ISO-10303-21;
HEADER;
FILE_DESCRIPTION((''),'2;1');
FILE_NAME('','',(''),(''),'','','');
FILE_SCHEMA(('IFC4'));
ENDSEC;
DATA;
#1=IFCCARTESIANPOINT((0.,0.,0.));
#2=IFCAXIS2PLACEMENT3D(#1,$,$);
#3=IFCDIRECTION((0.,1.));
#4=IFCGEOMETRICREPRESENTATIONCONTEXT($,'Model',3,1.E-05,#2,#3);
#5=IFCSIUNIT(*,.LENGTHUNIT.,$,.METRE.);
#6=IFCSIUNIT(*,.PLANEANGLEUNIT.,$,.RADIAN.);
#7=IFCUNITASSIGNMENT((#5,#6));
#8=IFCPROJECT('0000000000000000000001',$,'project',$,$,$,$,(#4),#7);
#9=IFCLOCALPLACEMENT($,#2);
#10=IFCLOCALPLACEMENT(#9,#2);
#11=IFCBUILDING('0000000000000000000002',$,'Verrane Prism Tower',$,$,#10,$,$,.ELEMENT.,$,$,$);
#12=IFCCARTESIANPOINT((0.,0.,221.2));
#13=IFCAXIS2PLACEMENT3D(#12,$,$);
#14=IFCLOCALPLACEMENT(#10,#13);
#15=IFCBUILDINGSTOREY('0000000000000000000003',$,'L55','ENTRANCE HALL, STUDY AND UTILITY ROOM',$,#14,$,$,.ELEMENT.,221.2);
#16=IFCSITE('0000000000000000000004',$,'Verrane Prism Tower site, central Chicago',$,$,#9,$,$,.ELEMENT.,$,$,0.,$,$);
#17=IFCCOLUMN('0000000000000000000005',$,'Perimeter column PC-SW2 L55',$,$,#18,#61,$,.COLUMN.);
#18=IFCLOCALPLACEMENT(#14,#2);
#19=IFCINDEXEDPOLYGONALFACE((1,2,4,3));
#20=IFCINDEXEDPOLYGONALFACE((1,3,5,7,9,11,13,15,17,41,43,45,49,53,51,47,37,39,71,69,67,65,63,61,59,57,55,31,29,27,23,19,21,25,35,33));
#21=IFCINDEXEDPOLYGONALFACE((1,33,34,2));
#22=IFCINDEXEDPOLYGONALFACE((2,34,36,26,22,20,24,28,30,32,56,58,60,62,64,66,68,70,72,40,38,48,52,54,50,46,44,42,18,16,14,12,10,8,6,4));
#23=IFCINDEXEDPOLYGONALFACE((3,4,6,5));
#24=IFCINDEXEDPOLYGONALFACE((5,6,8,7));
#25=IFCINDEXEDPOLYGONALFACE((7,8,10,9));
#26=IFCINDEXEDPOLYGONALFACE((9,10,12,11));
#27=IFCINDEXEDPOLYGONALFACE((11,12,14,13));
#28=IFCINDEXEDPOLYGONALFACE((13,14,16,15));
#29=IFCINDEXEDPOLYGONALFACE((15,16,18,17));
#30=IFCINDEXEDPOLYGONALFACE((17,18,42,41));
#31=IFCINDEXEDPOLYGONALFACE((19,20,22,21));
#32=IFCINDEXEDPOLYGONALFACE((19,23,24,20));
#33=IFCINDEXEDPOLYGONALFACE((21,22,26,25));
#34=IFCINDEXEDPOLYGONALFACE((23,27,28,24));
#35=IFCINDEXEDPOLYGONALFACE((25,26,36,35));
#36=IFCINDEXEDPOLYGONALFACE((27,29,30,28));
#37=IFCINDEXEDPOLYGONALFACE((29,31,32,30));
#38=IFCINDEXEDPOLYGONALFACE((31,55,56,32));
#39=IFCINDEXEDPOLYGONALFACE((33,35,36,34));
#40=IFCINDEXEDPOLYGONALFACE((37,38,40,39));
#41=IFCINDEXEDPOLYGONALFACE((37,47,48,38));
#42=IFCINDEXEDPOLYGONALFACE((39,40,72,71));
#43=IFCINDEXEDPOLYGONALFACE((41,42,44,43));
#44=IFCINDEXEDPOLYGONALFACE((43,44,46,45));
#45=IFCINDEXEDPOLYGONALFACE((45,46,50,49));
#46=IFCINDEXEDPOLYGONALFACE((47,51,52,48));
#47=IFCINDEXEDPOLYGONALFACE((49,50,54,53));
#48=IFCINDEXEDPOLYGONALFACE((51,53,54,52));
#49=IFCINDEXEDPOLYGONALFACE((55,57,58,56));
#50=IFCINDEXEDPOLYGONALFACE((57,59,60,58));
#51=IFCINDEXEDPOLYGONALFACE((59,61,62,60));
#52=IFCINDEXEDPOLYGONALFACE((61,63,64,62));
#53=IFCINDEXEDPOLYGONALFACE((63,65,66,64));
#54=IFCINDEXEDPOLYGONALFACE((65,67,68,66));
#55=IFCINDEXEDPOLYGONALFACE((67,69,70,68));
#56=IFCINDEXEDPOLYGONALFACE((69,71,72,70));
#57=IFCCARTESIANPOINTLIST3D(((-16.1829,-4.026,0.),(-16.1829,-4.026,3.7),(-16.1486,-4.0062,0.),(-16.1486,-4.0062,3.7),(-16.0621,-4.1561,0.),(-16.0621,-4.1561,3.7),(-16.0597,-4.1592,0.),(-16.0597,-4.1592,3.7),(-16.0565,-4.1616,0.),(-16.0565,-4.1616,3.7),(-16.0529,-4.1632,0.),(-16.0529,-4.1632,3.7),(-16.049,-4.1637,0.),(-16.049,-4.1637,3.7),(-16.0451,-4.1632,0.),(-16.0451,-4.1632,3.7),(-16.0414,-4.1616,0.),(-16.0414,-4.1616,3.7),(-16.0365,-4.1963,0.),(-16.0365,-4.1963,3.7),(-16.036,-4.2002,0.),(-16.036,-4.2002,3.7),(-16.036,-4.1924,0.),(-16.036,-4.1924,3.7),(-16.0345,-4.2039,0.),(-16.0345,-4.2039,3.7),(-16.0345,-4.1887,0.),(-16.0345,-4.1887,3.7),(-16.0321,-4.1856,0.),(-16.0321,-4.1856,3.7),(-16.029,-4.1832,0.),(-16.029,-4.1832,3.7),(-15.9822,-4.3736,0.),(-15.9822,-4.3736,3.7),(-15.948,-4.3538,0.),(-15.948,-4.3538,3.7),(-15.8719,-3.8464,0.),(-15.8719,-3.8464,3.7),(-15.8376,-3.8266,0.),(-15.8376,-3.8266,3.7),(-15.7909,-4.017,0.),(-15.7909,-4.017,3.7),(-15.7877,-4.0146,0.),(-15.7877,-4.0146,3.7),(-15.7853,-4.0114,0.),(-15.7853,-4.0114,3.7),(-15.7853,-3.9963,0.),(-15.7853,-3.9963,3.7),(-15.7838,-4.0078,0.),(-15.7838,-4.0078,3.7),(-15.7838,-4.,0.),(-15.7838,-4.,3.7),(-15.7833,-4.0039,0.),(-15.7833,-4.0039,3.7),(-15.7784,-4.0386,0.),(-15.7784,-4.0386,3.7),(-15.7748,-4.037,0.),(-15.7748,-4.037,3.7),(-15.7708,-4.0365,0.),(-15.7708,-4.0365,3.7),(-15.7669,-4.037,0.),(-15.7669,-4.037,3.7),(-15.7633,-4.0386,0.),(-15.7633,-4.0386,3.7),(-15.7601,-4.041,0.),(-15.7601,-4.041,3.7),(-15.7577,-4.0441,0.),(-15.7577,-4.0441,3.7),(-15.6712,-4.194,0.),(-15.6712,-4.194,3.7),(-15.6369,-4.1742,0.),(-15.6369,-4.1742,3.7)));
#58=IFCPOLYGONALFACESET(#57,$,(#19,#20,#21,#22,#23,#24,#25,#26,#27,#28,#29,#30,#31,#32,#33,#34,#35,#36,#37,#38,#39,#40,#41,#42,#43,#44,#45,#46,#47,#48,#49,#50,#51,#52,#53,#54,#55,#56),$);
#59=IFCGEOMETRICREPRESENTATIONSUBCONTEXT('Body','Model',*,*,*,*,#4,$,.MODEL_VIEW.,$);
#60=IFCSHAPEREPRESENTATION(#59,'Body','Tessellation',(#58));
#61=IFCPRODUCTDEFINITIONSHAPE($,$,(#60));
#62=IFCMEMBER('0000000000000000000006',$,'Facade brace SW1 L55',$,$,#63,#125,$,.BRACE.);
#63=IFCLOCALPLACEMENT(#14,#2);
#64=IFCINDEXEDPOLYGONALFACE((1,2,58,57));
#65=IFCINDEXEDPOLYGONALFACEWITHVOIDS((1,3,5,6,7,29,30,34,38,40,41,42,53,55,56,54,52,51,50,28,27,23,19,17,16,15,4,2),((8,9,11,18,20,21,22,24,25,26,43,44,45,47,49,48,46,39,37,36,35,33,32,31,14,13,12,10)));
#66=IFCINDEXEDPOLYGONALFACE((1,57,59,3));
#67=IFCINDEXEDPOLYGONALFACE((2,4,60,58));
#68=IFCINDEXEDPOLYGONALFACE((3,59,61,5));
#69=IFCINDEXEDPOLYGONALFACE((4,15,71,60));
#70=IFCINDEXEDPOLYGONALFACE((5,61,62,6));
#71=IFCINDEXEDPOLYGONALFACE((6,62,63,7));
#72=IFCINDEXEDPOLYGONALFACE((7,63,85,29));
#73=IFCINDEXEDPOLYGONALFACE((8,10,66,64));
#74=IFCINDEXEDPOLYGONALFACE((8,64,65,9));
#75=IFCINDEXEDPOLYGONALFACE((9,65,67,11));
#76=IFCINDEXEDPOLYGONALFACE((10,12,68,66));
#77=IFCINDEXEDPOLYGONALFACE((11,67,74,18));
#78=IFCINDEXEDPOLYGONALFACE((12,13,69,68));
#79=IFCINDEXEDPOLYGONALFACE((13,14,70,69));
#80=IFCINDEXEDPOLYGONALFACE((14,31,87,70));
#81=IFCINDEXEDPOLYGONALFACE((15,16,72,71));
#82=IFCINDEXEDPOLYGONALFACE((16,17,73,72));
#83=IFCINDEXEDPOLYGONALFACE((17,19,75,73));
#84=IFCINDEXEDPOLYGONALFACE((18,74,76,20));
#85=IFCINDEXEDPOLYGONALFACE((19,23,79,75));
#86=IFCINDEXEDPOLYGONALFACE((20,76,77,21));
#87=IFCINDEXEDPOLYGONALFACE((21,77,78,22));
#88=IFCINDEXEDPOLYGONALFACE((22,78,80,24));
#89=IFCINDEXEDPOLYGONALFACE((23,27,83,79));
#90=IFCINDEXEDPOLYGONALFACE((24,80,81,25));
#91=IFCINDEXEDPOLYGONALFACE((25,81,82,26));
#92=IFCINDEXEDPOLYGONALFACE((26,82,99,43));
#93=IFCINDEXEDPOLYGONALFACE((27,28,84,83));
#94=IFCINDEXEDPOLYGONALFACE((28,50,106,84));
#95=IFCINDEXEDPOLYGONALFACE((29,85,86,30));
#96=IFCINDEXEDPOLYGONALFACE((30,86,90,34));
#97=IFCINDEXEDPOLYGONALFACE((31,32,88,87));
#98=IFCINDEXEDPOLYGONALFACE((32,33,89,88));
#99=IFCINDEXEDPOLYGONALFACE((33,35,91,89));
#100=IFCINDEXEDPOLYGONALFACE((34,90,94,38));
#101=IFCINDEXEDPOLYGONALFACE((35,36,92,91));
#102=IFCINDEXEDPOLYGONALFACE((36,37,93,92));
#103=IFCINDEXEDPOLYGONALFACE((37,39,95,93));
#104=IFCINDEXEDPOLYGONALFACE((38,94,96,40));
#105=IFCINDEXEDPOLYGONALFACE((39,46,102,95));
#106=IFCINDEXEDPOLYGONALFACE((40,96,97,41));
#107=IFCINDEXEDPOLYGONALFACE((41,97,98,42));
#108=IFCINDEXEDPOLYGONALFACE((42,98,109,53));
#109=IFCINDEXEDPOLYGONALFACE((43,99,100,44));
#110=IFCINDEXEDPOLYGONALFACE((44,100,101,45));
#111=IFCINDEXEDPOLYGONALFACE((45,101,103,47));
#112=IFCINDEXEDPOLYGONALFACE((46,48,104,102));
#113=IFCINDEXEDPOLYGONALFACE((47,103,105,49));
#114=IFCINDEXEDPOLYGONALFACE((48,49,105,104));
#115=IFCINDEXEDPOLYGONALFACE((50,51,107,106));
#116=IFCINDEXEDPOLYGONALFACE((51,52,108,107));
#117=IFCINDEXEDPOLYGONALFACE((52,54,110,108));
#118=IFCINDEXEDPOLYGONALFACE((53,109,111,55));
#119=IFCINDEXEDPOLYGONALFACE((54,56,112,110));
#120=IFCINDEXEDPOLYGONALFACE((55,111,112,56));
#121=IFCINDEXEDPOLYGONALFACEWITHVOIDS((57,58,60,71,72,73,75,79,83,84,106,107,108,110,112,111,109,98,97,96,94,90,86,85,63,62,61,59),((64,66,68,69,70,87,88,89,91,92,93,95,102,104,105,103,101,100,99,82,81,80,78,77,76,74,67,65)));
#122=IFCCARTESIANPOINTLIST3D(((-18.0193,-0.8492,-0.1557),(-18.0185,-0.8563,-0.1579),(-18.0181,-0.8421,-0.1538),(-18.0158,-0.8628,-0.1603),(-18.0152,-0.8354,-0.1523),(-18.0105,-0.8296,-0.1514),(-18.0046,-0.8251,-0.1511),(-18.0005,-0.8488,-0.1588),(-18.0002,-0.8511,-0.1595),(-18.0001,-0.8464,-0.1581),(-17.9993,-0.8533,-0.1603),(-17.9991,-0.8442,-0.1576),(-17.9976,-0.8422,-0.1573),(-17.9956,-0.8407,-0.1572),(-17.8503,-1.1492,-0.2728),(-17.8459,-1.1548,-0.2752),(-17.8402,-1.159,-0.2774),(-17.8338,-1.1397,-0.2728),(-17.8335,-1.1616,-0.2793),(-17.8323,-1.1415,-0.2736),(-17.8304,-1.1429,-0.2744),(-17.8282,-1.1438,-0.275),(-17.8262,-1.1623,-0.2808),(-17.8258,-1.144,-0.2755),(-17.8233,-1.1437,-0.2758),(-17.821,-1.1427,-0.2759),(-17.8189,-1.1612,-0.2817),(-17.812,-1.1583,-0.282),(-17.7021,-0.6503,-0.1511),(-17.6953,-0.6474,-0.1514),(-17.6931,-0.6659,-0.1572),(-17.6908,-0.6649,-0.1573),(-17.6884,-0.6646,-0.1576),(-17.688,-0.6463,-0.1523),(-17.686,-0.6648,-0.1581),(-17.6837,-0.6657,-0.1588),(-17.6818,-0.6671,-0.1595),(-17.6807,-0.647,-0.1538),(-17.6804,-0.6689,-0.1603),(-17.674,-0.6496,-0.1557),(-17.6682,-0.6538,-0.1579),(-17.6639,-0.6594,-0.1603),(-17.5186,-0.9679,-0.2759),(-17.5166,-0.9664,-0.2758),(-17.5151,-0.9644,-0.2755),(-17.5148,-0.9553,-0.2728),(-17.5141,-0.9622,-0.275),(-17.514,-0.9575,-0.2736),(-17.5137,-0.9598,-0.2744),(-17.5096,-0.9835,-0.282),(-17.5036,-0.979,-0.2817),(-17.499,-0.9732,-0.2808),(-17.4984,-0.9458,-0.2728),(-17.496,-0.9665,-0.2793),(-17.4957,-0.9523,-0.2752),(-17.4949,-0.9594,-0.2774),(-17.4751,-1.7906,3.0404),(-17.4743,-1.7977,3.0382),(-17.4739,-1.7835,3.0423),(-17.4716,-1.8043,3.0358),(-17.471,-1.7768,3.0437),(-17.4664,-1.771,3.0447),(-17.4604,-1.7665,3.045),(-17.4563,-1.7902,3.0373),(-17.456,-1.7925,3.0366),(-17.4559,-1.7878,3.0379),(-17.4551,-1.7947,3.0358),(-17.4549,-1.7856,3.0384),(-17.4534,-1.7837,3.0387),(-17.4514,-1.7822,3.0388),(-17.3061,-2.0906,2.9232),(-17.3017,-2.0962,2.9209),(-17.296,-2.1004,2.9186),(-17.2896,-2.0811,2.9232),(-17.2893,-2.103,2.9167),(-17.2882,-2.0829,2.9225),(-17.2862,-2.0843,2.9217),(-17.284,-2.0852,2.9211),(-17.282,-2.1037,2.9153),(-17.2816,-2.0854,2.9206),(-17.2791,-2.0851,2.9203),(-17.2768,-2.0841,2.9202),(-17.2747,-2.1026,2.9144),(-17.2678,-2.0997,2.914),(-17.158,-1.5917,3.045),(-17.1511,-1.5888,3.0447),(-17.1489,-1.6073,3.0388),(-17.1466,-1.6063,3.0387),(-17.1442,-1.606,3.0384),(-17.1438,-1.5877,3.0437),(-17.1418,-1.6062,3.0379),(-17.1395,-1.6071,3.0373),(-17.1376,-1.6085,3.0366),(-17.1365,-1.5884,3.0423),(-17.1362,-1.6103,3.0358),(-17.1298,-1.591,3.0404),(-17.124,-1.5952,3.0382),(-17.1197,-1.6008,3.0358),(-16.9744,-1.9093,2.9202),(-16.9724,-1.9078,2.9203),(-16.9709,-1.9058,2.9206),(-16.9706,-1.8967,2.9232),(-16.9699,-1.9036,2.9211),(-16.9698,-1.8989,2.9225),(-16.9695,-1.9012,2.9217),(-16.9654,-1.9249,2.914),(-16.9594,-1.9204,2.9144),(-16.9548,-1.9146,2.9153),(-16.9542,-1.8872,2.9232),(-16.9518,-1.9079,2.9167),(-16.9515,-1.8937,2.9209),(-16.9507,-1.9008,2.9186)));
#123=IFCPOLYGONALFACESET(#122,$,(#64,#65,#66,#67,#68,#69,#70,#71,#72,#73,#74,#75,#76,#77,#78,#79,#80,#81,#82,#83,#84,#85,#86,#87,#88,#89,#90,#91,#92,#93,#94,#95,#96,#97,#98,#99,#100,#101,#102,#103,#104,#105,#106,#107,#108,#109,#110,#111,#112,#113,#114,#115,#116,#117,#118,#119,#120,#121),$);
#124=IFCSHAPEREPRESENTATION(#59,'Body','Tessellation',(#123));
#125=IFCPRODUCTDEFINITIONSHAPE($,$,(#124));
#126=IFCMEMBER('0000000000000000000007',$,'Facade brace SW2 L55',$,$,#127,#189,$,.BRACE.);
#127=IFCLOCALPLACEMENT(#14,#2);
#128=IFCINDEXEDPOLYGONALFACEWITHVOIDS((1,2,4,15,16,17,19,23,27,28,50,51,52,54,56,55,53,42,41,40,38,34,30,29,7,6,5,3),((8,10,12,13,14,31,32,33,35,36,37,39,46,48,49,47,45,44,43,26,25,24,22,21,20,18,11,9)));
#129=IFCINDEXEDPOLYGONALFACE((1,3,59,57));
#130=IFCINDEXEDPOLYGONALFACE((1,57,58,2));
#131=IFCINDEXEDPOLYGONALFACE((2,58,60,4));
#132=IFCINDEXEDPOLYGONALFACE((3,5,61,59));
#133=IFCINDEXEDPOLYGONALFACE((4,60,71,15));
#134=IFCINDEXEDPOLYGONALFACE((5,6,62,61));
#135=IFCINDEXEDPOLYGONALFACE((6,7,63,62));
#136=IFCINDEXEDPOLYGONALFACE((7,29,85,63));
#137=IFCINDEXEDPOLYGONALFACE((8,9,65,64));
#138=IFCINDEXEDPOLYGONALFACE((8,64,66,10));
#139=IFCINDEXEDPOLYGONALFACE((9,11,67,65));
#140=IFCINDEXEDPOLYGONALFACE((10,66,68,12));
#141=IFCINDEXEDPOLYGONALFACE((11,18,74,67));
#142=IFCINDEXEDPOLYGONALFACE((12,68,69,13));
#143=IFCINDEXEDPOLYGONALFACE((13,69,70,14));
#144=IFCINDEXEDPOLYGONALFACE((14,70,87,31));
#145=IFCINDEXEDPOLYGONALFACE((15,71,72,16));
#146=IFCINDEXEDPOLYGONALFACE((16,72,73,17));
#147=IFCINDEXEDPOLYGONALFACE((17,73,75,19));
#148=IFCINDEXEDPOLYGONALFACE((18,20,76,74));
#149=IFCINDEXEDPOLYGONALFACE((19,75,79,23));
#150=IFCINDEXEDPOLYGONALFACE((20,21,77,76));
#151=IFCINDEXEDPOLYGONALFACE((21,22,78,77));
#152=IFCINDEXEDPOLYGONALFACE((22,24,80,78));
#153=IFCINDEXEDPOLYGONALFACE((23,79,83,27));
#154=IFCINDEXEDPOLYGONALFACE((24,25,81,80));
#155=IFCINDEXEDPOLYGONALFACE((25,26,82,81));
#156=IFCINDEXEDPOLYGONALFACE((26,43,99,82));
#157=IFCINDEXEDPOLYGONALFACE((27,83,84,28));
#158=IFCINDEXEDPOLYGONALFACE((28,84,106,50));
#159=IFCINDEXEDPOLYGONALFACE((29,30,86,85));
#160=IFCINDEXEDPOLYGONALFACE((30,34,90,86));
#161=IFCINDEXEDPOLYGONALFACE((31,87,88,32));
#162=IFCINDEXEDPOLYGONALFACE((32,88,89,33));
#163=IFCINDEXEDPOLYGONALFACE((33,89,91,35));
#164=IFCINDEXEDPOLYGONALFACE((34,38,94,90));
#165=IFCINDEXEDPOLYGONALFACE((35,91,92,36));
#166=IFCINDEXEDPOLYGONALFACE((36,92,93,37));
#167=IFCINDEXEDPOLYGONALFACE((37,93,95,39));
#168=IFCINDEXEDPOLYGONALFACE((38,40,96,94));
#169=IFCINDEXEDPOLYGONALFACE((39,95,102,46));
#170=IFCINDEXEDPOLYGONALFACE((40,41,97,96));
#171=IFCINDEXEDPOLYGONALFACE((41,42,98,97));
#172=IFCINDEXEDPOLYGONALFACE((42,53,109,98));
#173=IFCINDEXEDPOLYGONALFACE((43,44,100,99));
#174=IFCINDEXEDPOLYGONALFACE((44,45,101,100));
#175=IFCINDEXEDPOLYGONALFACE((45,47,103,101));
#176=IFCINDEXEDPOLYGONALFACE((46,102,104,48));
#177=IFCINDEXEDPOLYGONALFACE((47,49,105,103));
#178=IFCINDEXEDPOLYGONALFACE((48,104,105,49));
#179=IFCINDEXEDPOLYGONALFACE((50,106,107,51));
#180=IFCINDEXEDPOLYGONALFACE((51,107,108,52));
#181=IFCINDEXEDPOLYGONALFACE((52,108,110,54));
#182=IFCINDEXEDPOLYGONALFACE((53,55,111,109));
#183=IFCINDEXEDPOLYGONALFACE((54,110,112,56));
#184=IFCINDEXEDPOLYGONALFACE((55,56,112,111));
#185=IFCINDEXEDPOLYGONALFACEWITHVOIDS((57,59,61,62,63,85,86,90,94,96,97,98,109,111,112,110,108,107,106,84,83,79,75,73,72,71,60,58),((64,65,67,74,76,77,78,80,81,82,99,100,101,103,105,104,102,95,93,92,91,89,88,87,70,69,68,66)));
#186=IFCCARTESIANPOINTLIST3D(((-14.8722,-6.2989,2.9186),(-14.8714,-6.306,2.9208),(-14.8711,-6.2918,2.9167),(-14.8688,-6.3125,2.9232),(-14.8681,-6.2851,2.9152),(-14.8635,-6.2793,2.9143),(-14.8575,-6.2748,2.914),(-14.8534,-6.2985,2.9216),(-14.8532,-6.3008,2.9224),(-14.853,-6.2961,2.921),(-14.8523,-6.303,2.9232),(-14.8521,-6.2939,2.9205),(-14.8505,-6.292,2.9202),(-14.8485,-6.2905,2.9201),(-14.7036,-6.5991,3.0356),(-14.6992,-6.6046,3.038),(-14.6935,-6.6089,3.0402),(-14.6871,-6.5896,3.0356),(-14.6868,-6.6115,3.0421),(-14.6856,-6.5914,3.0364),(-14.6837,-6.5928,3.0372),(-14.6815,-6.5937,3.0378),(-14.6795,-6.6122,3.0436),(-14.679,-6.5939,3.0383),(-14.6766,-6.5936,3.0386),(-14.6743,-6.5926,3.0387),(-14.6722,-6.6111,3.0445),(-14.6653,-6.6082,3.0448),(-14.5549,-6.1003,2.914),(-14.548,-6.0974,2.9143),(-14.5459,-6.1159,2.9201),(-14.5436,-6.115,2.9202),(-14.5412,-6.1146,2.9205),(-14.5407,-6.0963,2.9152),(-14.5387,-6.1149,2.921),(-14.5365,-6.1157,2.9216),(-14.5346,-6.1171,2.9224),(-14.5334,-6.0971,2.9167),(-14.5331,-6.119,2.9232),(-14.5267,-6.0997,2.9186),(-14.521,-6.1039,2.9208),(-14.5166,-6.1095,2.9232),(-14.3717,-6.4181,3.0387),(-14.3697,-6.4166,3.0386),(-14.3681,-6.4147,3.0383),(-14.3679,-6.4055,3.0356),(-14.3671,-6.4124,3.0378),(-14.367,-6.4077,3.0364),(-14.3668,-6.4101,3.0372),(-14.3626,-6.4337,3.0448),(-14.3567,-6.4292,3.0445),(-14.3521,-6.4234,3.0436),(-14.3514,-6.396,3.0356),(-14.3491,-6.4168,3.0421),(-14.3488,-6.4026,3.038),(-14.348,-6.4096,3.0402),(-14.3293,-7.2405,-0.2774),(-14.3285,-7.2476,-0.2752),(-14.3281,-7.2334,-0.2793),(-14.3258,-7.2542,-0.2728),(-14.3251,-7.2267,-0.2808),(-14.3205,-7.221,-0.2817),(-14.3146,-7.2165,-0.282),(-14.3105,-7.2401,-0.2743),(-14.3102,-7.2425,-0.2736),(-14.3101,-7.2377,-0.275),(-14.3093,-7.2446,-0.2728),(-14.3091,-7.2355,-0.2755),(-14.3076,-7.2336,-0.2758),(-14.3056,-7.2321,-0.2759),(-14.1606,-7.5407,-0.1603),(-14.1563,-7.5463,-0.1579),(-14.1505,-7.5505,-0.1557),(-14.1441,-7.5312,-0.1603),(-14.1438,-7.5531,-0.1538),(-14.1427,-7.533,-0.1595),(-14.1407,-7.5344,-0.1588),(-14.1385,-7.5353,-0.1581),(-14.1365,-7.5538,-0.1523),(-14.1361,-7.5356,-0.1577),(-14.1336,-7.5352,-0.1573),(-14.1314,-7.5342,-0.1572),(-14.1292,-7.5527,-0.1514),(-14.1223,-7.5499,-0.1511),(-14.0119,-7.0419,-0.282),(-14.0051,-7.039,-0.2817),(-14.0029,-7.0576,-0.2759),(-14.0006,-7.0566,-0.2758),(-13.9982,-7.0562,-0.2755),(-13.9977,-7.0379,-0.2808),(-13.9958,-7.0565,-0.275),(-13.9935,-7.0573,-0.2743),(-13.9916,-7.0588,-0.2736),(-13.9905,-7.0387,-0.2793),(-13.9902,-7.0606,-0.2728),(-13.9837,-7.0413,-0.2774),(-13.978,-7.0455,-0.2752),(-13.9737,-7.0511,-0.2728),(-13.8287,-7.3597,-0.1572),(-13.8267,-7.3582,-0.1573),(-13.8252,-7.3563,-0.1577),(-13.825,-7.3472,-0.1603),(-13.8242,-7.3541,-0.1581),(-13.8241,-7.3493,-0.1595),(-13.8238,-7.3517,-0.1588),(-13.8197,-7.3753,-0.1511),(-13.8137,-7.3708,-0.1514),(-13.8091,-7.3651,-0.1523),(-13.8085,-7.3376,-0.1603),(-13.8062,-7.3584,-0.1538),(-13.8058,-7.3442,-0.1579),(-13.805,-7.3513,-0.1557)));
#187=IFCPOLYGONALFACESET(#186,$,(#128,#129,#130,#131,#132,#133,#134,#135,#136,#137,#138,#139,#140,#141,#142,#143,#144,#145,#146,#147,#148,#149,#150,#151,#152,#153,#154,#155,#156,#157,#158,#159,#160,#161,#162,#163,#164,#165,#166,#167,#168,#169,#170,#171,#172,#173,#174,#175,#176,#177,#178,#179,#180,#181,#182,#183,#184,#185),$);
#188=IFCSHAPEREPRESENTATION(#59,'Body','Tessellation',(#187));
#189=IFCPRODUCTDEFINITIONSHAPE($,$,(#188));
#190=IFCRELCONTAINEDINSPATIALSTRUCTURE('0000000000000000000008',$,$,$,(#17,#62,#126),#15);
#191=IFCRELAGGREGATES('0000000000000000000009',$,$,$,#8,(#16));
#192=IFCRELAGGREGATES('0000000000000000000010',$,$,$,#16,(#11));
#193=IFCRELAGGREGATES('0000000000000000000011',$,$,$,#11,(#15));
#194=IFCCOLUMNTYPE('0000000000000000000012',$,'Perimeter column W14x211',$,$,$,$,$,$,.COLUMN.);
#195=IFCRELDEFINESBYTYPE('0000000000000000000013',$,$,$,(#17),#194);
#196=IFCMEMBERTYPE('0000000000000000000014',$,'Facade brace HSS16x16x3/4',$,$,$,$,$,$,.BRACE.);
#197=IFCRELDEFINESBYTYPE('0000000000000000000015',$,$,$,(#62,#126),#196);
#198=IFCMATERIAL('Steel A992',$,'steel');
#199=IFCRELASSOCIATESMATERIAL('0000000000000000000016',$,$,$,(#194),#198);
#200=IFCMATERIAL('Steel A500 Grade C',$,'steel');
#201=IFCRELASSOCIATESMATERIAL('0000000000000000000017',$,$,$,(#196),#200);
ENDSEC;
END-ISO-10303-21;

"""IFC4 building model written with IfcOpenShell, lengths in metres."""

from ifc_helpers import new_model, si_unit, direction, frame, origin, origin_2d, place, context, subcontext, project, spatial, hollow_rectangle, i_section, extrude, material, material_profile, profile_set, type_object, element, save


model = new_model("IFC4")

# Units and contexts
model_context = context("Model", 3, precision=1e-05, world=origin(), true_north=direction((0.0, 1.0)))
body_context = subcontext(model_context, "Body", "Model", "MODEL_VIEW")
ifc_project = project(units=[si_unit("LENGTHUNIT", "METRE"), si_unit("PLANEANGLEUNIT", "RADIAN")], contexts=[model_context])

# Site, building, storey
site_placement = place(None, origin())
site = spatial("IfcSite", under=ifc_project, at=site_placement, Name="Verrane Prism Tower site, central Chicago", CompositionType="ELEMENT", RefElevation=0.0)
building_placement = place(site_placement, origin())
building = spatial("IfcBuilding", under=site, at=building_placement, Name="Verrane Prism Tower", CompositionType="ELEMENT")
storey_placement = place(building_placement, frame((0.0, 0.0, 221.2)))
storey = spatial("IfcBuildingStorey", under=building, at=storey_placement, Name="L55", Description="ENTRANCE HALL, STUDY AND UTILITY ROOM", CompositionType="ELEMENT", Elevation=221.2)

# Column
ifc_material_1 = material(Name="Steel A992", Category="steel")
ifc_material_profile_1 = material_profile(ifc_material_1, i_section(OverallWidth=0.4014, OverallDepth=0.3987, WebThickness=0.0249, FlangeThickness=0.0396, FilletRadius=0.0151, at=origin_2d()), Name="W14x211")
ifc_profile_set_1 = profile_set([ifc_material_profile_1], Name="Steel A992")
column_type = type_object("IfcColumnType", Name="Perimeter column W14x211", PredefinedType="COLUMN", material=ifc_profile_set_1)
column_placement = place(storey_placement, frame((-15.9099, -4.1001, 0.0), z_axis=(0.0, 0.0, 1.0), x_axis=(-0.5, 0.866025, 0.0)))
element("IfcColumn", 1, at=column_placement, inside=storey, type_object=column_type, Name="Perimeter column PC-SW2 L55", PredefinedType="COLUMN", context=body_context, shape_type="SweptSolid", body=[
    extrude(i_section(OverallWidth=0.4014, OverallDepth=0.3987, WebThickness=0.0249, FlangeThickness=0.0396, FilletRadius=0.0151, at=origin_2d()), origin(), (0.0, 0.0, 1.0), 3.7),
])

# Members
ifc_material_2 = material(Name="Steel A500 Grade C", Category="steel")
ifc_material_profile_2 = material_profile(ifc_material_2, hollow_rectangle(XDim=0.4065, YDim=0.4065, WallThickness=0.019, InnerFilletRadius=0.0095, OuterFilletRadius=0.0286, at=origin_2d()), Name="HSS16x16x3/4")
ifc_profile_set_2 = profile_set([ifc_material_profile_2], Name="Steel A500 Grade C")
member_type_1 = type_object("IfcMemberType", Name="Facade brace HSS16x16x3/4", PredefinedType="BRACE", material=ifc_profile_set_2)
member_1_placement = place(storey_placement, frame((-17.7571, -0.9043, -0.2166), z_axis=(0.161196, -0.278856, 0.946708), x_axis=(0.865759, 0.500461, 0.0)))
element("IfcMember", 2, at=member_1_placement, inside=storey, type_object=member_type_1, Name="Facade brace SW1 L55", PredefinedType="BRACE", context=body_context, shape_type="SweptSolid", body=[
    extrude(hollow_rectangle(XDim=0.4065, YDim=0.4065, WallThickness=0.019, InnerFilletRadius=0.0095, OuterFilletRadius=0.0286, at=origin_2d()), origin(), (0.0, 0.0, 1.0), 3.376),
])
member_2_placement = place(storey_placement, frame((-14.0671, -7.2959, -0.2166), z_axis=(-0.16084, 0.278939, 0.946744), x_axis=(-0.866301, -0.499522, 0.0)))
element("IfcMember", 3, at=member_2_placement, inside=storey, type_object=member_type_1, Name="Facade brace SW2 L55", PredefinedType="BRACE", context=body_context, shape_type="SweptSolid", body=[
    extrude(hollow_rectangle(XDim=0.4065, YDim=0.4065, WallThickness=0.019, InnerFilletRadius=0.0095, OuterFilletRadius=0.0286, at=origin_2d()), origin(), (0.0, 0.0, 1.0), 3.3757),
])

save(model, "model.ifc")
